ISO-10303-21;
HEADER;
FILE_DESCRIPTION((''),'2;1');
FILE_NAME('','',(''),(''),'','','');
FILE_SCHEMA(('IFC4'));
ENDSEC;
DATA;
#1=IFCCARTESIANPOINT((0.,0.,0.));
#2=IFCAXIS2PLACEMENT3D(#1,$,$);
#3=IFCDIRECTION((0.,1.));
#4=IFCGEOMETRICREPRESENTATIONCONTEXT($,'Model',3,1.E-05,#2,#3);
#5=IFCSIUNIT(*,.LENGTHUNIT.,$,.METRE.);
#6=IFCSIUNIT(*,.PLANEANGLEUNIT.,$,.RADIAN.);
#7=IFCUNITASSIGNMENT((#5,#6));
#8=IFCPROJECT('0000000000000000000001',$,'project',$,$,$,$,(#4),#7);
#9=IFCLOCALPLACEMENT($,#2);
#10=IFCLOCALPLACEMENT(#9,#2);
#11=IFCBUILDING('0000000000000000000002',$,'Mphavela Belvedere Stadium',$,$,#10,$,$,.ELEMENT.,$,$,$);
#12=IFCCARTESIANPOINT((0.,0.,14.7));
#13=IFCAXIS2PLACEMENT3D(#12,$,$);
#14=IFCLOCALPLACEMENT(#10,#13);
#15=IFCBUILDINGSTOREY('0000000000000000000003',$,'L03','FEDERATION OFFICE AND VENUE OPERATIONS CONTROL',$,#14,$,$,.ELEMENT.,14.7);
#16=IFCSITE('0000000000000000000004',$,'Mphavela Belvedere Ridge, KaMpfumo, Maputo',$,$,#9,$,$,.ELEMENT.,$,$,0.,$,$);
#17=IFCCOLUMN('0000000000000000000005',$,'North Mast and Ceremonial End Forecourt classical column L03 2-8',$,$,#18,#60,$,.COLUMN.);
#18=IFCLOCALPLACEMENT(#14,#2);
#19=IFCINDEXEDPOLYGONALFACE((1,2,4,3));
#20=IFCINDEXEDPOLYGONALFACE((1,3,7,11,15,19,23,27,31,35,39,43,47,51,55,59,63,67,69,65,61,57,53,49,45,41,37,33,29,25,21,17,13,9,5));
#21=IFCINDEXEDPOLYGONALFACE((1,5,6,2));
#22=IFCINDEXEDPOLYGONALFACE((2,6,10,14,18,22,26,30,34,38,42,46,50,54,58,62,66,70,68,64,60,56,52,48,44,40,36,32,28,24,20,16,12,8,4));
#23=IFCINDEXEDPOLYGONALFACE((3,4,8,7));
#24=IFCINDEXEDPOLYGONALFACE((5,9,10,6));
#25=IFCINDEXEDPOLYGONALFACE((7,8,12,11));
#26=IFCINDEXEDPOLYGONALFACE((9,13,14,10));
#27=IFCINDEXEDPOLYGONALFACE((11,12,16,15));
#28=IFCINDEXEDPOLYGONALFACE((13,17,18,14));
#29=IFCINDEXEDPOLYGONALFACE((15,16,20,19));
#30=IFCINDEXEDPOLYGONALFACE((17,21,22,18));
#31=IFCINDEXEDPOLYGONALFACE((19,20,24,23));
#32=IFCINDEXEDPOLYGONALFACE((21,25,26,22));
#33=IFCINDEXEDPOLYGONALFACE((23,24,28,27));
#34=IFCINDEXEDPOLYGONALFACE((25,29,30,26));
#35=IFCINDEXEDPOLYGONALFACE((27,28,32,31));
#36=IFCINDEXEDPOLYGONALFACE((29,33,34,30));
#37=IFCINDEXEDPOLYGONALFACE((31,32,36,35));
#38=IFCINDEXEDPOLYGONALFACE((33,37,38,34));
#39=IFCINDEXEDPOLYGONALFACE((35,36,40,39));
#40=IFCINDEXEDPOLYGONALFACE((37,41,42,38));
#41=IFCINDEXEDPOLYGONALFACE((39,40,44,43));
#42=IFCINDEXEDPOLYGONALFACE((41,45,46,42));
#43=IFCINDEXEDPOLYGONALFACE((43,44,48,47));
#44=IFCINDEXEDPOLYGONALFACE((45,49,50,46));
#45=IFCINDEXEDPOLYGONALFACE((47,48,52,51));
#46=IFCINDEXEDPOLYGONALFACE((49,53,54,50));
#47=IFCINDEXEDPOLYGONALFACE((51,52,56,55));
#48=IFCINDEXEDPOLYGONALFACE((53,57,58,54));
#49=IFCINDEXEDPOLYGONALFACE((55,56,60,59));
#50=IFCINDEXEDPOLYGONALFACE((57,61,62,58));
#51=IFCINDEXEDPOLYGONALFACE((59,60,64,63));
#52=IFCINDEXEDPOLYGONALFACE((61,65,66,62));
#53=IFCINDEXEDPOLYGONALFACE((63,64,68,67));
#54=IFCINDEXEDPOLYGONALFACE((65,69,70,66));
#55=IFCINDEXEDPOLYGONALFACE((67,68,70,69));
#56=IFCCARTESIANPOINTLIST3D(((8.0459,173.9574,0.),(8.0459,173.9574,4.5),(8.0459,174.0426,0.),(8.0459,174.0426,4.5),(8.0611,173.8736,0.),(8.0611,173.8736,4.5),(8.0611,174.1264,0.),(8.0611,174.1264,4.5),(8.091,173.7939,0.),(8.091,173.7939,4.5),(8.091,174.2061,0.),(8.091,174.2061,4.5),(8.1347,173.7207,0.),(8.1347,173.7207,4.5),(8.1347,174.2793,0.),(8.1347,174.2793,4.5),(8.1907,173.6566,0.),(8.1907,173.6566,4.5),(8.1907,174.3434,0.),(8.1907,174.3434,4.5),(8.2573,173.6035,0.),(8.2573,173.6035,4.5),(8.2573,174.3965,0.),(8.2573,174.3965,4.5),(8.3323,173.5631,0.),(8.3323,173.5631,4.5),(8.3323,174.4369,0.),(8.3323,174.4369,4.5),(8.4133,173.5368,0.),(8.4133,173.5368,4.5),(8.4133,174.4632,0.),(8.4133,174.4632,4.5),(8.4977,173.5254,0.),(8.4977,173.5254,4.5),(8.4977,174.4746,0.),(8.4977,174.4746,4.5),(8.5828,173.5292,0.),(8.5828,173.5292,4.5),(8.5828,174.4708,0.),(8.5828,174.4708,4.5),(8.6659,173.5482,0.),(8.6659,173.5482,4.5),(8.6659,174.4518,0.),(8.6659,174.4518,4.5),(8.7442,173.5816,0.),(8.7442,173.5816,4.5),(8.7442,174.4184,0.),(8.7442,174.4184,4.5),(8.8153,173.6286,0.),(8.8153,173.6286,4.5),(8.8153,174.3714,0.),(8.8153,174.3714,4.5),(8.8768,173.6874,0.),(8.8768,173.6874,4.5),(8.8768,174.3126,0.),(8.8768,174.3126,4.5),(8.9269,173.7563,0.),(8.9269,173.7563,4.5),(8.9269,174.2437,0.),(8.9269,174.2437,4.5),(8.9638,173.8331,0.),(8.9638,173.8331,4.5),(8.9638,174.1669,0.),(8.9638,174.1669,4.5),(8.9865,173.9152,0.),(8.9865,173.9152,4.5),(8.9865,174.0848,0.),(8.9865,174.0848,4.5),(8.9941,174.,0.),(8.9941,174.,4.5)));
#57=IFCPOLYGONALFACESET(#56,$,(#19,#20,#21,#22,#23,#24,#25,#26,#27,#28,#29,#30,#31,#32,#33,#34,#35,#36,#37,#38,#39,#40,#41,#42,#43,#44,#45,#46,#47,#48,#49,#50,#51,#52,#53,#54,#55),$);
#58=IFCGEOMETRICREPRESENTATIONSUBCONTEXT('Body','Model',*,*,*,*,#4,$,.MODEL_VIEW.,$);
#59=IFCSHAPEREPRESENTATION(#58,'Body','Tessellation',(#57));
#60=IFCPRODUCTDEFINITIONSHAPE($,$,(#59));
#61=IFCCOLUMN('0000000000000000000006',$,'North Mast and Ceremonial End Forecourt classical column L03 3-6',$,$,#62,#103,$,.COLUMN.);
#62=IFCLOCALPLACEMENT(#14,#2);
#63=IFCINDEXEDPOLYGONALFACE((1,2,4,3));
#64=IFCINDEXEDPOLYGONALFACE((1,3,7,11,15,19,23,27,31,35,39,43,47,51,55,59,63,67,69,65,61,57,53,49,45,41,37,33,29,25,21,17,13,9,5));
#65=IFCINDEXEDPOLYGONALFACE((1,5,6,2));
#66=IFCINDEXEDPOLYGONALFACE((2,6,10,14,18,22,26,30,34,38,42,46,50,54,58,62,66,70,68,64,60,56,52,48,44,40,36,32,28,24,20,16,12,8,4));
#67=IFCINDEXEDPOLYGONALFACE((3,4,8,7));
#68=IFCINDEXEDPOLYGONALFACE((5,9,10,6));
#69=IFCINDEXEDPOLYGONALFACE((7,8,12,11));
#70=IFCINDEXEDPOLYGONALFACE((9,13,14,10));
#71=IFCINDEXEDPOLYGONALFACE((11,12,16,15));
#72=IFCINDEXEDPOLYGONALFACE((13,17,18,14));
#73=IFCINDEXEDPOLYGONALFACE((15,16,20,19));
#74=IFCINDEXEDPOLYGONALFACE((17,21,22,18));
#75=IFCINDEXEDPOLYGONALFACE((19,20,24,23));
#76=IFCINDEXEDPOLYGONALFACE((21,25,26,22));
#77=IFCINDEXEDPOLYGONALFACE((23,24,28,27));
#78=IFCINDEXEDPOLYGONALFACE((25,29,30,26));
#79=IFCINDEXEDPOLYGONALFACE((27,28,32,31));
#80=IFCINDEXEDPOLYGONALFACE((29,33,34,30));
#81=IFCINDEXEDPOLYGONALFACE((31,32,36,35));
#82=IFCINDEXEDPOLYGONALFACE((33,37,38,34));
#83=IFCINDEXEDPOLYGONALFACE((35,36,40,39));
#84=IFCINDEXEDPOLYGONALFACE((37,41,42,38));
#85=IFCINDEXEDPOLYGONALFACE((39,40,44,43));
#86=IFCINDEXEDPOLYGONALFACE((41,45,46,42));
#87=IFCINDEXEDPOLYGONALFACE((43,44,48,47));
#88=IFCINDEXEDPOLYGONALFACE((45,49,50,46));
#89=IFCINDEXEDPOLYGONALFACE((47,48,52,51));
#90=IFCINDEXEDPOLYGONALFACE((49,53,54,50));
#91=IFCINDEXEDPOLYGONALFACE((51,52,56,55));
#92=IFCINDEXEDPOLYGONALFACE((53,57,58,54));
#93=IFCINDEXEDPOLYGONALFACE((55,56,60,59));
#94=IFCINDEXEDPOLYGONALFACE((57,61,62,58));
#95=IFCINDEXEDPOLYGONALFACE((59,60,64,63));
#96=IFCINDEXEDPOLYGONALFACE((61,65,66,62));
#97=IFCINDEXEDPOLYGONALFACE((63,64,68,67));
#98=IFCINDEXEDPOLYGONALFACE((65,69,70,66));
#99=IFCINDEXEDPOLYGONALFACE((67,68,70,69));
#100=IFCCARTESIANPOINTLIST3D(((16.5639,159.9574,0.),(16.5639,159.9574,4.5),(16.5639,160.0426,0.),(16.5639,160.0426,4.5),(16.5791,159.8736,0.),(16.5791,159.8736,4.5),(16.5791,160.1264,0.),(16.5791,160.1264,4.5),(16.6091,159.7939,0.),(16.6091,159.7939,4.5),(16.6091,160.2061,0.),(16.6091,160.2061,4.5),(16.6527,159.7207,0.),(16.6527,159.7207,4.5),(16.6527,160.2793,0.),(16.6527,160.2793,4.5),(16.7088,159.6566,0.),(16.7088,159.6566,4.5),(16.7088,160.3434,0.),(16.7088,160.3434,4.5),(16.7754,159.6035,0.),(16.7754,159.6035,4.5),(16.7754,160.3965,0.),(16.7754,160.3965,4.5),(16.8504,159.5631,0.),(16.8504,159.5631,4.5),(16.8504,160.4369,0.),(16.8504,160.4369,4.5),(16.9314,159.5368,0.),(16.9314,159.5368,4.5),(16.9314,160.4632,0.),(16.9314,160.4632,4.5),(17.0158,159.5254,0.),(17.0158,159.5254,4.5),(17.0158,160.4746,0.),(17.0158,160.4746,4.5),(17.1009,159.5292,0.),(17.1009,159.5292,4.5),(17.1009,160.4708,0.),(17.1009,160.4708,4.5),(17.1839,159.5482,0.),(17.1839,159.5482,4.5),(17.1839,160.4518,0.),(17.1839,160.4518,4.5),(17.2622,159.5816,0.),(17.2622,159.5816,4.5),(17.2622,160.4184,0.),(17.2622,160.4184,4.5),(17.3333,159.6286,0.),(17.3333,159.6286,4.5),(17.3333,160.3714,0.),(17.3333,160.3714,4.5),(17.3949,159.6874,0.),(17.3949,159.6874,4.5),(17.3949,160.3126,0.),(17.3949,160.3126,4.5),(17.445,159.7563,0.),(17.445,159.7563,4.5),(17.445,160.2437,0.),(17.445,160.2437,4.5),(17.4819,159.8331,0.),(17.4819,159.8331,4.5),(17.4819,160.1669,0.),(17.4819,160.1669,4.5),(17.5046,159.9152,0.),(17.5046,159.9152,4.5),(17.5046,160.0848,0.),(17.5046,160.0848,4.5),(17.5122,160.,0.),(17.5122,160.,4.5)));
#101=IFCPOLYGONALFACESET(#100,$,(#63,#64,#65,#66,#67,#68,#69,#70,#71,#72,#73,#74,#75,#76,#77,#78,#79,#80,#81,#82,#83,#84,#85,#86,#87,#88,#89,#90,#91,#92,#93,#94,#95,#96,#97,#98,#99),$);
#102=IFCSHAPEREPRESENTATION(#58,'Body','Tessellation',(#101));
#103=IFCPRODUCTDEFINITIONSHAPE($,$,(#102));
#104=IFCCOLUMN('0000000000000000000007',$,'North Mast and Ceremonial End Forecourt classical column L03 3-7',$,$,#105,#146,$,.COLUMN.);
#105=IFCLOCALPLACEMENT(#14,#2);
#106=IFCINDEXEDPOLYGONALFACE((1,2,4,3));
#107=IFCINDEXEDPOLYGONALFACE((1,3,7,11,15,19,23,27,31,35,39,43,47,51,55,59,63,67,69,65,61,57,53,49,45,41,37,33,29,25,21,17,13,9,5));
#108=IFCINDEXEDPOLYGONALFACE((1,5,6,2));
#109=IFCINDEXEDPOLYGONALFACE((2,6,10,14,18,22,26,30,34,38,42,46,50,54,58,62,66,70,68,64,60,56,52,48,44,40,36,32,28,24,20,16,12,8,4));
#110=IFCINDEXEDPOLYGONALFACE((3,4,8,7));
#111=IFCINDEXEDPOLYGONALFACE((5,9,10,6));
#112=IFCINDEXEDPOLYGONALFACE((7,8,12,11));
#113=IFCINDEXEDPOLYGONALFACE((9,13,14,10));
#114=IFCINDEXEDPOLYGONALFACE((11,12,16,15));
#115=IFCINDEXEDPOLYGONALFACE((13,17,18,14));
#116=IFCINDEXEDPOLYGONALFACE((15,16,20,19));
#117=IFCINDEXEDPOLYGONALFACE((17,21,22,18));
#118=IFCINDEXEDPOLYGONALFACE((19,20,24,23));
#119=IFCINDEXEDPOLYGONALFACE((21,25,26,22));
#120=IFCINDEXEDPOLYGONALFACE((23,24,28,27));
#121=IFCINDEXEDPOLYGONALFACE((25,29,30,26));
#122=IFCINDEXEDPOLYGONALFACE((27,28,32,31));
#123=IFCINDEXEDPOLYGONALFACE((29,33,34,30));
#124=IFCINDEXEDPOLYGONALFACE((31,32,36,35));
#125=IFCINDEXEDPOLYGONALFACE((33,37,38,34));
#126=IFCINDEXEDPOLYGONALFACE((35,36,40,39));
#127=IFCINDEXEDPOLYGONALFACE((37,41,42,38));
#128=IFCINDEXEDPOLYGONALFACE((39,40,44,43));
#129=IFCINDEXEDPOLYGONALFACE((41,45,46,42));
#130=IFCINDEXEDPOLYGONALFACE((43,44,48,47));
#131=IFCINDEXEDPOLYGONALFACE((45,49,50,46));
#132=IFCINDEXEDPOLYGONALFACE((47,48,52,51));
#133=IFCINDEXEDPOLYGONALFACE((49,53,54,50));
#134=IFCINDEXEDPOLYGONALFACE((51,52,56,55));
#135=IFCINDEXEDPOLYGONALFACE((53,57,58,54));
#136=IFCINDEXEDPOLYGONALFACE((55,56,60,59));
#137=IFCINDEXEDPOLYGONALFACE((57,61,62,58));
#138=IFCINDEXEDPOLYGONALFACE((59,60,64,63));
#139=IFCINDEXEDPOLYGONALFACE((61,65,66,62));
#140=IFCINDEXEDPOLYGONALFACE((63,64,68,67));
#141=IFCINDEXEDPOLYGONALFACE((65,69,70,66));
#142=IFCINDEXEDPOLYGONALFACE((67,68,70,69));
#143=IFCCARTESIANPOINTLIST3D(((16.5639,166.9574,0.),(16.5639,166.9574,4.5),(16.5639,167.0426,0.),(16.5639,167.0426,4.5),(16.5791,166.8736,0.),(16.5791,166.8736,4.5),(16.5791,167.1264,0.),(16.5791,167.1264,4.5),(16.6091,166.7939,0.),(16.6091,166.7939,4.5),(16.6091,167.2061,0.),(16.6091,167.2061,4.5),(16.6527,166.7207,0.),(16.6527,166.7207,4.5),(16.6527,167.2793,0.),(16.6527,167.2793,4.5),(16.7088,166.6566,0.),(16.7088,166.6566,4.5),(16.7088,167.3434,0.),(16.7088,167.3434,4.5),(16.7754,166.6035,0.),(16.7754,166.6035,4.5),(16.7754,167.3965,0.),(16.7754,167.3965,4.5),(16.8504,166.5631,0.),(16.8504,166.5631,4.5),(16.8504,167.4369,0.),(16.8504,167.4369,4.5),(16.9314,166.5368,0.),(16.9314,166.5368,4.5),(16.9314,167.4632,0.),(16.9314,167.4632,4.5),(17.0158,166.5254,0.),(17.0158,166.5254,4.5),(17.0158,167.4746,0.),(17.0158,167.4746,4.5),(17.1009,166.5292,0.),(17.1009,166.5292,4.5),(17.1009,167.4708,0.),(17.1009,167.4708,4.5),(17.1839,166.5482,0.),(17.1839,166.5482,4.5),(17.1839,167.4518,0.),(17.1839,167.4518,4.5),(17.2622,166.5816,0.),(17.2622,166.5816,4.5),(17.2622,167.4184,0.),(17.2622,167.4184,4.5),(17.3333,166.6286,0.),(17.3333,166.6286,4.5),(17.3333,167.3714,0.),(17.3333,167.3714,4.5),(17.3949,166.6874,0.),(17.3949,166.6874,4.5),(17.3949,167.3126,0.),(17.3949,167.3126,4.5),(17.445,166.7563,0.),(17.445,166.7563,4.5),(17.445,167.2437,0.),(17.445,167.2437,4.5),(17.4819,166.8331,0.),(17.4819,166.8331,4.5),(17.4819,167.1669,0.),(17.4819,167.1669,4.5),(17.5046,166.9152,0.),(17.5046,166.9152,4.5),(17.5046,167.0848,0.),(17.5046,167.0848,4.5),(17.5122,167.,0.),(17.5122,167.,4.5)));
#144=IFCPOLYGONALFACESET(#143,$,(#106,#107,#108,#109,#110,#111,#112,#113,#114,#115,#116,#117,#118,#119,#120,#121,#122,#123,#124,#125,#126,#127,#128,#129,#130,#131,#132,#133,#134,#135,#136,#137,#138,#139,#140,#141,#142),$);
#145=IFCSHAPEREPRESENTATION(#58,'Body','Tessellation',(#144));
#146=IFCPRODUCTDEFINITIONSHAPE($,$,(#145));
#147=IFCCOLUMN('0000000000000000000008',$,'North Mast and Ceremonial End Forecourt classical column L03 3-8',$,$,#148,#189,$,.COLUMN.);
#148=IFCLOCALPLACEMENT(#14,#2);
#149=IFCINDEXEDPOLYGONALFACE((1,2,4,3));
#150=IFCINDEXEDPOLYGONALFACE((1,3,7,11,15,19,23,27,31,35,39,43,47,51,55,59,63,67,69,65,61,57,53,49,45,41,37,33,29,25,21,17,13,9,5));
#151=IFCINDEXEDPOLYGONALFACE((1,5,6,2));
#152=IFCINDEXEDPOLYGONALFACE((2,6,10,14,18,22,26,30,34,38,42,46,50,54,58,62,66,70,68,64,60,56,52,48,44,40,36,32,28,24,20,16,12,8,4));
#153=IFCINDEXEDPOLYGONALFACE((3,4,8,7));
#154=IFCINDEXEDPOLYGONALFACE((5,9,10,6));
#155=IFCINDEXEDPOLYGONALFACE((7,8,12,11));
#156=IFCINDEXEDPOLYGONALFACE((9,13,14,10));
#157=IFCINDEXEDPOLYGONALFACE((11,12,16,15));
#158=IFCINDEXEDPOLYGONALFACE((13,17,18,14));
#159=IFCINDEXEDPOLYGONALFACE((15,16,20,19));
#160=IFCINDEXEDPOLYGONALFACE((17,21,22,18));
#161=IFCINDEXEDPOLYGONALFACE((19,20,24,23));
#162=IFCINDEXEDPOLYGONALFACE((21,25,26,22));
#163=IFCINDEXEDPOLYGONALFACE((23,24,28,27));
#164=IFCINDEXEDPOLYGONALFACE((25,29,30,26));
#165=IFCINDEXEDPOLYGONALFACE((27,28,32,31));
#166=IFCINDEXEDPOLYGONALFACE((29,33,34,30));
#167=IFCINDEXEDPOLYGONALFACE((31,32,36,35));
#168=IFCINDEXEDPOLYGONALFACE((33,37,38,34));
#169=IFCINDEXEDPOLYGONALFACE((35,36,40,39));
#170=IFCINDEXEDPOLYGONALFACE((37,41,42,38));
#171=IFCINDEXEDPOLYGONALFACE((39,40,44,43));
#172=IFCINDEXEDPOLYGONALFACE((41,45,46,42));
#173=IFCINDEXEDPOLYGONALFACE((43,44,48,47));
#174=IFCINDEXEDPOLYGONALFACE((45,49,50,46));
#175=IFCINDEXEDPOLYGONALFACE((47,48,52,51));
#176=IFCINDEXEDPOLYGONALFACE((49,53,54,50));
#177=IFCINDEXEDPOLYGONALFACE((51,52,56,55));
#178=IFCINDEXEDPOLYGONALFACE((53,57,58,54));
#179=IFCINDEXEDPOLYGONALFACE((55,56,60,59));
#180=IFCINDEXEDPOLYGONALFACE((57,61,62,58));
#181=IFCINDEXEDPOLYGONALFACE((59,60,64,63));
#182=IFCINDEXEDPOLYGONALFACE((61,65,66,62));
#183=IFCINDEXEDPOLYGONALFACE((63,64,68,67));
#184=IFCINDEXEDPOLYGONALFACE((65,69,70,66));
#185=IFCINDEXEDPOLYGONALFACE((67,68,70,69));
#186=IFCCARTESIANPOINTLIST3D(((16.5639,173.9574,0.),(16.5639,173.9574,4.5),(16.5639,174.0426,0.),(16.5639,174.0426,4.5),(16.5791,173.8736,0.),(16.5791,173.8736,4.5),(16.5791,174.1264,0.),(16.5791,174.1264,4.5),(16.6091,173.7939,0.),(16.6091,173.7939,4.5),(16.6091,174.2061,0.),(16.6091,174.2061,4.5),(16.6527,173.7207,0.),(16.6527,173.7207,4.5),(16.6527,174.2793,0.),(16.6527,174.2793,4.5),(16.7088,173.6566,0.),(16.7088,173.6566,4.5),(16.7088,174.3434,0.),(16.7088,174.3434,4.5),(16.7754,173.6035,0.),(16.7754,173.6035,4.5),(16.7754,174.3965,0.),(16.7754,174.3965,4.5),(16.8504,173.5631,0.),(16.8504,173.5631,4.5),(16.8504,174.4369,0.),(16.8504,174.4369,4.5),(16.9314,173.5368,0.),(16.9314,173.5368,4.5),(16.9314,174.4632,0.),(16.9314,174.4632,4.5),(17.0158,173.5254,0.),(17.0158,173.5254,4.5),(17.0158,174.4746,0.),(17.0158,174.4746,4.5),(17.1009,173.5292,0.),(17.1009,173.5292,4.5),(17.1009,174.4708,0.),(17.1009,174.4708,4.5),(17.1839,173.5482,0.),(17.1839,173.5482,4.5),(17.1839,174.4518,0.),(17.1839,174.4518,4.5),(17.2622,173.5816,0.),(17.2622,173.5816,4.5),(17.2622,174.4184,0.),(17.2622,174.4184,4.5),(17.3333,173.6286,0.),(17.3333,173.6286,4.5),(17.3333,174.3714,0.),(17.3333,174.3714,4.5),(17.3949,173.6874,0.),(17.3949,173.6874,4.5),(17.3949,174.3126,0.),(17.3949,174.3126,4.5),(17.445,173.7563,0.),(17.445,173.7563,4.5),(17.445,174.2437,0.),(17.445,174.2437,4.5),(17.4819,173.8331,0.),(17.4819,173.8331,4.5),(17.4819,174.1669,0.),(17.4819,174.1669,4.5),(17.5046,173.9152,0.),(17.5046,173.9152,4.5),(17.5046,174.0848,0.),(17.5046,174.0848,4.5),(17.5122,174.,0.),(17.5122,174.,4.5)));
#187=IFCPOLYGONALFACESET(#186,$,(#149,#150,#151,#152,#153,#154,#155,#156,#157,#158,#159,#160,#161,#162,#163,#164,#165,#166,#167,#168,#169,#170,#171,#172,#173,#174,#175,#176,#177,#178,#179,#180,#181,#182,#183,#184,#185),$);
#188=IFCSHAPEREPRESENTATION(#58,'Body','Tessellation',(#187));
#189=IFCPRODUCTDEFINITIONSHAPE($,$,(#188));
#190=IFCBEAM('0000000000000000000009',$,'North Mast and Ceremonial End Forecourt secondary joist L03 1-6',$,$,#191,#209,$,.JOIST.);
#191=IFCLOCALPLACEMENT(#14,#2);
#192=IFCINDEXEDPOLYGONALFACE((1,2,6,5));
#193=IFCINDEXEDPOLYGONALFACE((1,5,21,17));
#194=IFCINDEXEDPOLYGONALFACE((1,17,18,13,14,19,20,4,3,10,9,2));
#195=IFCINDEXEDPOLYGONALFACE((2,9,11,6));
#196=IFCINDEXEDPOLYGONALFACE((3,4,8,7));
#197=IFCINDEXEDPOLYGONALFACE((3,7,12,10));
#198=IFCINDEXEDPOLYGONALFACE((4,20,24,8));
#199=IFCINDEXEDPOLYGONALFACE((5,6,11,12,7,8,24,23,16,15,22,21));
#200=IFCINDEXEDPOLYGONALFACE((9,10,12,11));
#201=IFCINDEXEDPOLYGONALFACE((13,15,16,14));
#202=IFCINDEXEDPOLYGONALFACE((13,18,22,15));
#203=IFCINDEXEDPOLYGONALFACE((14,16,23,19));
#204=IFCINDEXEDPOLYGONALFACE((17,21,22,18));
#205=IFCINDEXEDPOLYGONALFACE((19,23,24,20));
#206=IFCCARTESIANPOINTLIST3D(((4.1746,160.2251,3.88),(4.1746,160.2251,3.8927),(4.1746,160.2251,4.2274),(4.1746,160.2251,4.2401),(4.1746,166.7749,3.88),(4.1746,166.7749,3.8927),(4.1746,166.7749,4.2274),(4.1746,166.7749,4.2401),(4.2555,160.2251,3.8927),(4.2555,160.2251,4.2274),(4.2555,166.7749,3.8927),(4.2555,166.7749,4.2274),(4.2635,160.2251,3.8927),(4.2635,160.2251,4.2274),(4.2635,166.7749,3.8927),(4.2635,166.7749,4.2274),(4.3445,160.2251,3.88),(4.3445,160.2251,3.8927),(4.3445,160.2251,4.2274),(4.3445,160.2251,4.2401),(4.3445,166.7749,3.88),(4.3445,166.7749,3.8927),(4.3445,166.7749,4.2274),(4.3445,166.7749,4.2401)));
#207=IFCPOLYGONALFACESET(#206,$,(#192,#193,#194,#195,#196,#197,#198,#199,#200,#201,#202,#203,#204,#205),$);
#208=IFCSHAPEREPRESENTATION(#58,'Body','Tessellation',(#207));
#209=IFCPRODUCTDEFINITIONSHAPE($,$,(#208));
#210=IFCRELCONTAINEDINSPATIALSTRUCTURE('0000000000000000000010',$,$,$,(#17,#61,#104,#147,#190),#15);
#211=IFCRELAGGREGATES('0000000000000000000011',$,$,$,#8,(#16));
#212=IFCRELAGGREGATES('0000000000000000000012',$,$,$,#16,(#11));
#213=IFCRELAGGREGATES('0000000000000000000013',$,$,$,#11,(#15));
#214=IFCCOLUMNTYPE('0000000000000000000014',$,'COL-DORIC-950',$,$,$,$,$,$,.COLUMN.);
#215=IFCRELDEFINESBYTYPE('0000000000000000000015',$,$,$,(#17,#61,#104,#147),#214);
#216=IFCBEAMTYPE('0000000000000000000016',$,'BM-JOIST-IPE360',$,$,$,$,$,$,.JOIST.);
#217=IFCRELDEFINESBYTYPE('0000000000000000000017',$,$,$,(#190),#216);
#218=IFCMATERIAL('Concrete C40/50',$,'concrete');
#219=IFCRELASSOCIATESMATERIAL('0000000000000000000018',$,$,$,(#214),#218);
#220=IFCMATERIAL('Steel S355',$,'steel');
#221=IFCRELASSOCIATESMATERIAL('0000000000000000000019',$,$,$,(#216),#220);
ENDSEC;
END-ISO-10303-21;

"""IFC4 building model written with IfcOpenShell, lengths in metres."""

from ifc_helpers import new_model, si_unit, direction, frame, origin, origin_2d, place, context, subcontext, project, spatial, circle, i_section, extrude, material, material_profile, profile_set, type_object, element, save


model = new_model("IFC4")

# Units and contexts
model_context = context("Model", 3, precision=1e-05, world=origin(), true_north=direction((0.0, 1.0)))
body_context = subcontext(model_context, "Body", "Model", "MODEL_VIEW")
ifc_project = project(units=[si_unit("LENGTHUNIT", "METRE"), si_unit("PLANEANGLEUNIT", "RADIAN")], contexts=[model_context])

# Site, building, storey
site_placement = place(None, origin())
site = spatial("IfcSite", under=ifc_project, at=site_placement, Name="Mphavela Belvedere Ridge, KaMpfumo, Maputo", CompositionType="ELEMENT", RefElevation=0.0)
building_placement = place(site_placement, origin())
building = spatial("IfcBuilding", under=site, at=building_placement, Name="Mphavela Belvedere Stadium", CompositionType="ELEMENT")
storey_placement = place(building_placement, frame((0.0, 0.0, 14.7)))
storey = spatial("IfcBuildingStorey", under=building, at=storey_placement, Name="L03", Description="FEDERATION OFFICE AND VENUE OPERATIONS CONTROL", CompositionType="ELEMENT", Elevation=14.7)

# Columns
ifc_material_1 = material(Name="Concrete C40/50", Category="concrete")
ifc_material_profile_1 = material_profile(ifc_material_1, circle(Radius=0.4751, at=origin_2d()), Name="COL D950")
ifc_profile_set_1 = profile_set([ifc_material_profile_1], Name="Concrete C40/50")
column_type = type_object("IfcColumnType", Name="COL-DORIC-950", PredefinedType="COLUMN", material=ifc_profile_set_1)
for number, where, z_axis, x_axis, name in (
    (1, (8.519, 174.0, 0.0), (0.0, 0.0, 1.0), (1.0, 0.0, 0.0), "North Mast and Ceremonial End Forecourt classical column L03 2-8"),
    (2, (17.0371, 160.0, 0.0), (0.0, 0.0, 1.0), (1.0, 0.0, 0.0), "North Mast and Ceremonial End Forecourt classical column L03 3-6"),
    (3, (17.0371, 167.0, 0.0), (0.0, 0.0, 1.0), (1.0, 0.0, 0.0), "North Mast and Ceremonial End Forecourt classical column L03 3-7"),
    (4, (17.0371, 174.0, 0.0), (0.0, 0.0, 1.0), (1.0, 0.0, 0.0), "North Mast and Ceremonial End Forecourt classical column L03 3-8"),
):
    element("IfcColumn", number, at=place(storey_placement, frame(where, z_axis=z_axis, x_axis=x_axis)), inside=storey, type_object=column_type, Name=name, PredefinedType="COLUMN", context=body_context, shape_type="SweptSolid", body=[
        extrude(circle(Radius=0.4751, at=origin_2d()), origin(), (0.0, 0.0, 1.0), 4.5),
    ])

# Beam
ifc_material_2 = material(Name="Steel S355", Category="steel")
ifc_material_profile_2 = material_profile(ifc_material_2, i_section(OverallWidth=0.1699, OverallDepth=0.3601, WebThickness=0.0081, FlangeThickness=0.0127, at=origin_2d()), Name="IPE 360")
ifc_profile_set_2 = profile_set([ifc_material_profile_2], Name="Steel S355")
beam_type_1 = type_object("IfcBeamType", Name="BM-JOIST-IPE360", PredefinedType="JOIST", material=ifc_profile_set_2)
for number, where, z_axis, x_axis, name in (
    (5, (4.2595, 160.2251, 4.0601), (0.0, 1.0, 0.0), (-1.0, 0.0, 0.0), "North Mast and Ceremonial End Forecourt secondary joist L03 1-6"),
):
    element("IfcBeam", number, at=place(storey_placement, frame(where, z_axis=z_axis, x_axis=x_axis)), inside=storey, type_object=beam_type_1, Name=name, PredefinedType="JOIST", context=body_context, shape_type="SweptSolid", body=[
        extrude(i_section(OverallWidth=0.1699, OverallDepth=0.3601, WebThickness=0.0081, FlangeThickness=0.0127, at=origin_2d()), origin(), (0.0, 0.0, 1.0), 6.5498),
    ])

save(model, "model.ifc")
